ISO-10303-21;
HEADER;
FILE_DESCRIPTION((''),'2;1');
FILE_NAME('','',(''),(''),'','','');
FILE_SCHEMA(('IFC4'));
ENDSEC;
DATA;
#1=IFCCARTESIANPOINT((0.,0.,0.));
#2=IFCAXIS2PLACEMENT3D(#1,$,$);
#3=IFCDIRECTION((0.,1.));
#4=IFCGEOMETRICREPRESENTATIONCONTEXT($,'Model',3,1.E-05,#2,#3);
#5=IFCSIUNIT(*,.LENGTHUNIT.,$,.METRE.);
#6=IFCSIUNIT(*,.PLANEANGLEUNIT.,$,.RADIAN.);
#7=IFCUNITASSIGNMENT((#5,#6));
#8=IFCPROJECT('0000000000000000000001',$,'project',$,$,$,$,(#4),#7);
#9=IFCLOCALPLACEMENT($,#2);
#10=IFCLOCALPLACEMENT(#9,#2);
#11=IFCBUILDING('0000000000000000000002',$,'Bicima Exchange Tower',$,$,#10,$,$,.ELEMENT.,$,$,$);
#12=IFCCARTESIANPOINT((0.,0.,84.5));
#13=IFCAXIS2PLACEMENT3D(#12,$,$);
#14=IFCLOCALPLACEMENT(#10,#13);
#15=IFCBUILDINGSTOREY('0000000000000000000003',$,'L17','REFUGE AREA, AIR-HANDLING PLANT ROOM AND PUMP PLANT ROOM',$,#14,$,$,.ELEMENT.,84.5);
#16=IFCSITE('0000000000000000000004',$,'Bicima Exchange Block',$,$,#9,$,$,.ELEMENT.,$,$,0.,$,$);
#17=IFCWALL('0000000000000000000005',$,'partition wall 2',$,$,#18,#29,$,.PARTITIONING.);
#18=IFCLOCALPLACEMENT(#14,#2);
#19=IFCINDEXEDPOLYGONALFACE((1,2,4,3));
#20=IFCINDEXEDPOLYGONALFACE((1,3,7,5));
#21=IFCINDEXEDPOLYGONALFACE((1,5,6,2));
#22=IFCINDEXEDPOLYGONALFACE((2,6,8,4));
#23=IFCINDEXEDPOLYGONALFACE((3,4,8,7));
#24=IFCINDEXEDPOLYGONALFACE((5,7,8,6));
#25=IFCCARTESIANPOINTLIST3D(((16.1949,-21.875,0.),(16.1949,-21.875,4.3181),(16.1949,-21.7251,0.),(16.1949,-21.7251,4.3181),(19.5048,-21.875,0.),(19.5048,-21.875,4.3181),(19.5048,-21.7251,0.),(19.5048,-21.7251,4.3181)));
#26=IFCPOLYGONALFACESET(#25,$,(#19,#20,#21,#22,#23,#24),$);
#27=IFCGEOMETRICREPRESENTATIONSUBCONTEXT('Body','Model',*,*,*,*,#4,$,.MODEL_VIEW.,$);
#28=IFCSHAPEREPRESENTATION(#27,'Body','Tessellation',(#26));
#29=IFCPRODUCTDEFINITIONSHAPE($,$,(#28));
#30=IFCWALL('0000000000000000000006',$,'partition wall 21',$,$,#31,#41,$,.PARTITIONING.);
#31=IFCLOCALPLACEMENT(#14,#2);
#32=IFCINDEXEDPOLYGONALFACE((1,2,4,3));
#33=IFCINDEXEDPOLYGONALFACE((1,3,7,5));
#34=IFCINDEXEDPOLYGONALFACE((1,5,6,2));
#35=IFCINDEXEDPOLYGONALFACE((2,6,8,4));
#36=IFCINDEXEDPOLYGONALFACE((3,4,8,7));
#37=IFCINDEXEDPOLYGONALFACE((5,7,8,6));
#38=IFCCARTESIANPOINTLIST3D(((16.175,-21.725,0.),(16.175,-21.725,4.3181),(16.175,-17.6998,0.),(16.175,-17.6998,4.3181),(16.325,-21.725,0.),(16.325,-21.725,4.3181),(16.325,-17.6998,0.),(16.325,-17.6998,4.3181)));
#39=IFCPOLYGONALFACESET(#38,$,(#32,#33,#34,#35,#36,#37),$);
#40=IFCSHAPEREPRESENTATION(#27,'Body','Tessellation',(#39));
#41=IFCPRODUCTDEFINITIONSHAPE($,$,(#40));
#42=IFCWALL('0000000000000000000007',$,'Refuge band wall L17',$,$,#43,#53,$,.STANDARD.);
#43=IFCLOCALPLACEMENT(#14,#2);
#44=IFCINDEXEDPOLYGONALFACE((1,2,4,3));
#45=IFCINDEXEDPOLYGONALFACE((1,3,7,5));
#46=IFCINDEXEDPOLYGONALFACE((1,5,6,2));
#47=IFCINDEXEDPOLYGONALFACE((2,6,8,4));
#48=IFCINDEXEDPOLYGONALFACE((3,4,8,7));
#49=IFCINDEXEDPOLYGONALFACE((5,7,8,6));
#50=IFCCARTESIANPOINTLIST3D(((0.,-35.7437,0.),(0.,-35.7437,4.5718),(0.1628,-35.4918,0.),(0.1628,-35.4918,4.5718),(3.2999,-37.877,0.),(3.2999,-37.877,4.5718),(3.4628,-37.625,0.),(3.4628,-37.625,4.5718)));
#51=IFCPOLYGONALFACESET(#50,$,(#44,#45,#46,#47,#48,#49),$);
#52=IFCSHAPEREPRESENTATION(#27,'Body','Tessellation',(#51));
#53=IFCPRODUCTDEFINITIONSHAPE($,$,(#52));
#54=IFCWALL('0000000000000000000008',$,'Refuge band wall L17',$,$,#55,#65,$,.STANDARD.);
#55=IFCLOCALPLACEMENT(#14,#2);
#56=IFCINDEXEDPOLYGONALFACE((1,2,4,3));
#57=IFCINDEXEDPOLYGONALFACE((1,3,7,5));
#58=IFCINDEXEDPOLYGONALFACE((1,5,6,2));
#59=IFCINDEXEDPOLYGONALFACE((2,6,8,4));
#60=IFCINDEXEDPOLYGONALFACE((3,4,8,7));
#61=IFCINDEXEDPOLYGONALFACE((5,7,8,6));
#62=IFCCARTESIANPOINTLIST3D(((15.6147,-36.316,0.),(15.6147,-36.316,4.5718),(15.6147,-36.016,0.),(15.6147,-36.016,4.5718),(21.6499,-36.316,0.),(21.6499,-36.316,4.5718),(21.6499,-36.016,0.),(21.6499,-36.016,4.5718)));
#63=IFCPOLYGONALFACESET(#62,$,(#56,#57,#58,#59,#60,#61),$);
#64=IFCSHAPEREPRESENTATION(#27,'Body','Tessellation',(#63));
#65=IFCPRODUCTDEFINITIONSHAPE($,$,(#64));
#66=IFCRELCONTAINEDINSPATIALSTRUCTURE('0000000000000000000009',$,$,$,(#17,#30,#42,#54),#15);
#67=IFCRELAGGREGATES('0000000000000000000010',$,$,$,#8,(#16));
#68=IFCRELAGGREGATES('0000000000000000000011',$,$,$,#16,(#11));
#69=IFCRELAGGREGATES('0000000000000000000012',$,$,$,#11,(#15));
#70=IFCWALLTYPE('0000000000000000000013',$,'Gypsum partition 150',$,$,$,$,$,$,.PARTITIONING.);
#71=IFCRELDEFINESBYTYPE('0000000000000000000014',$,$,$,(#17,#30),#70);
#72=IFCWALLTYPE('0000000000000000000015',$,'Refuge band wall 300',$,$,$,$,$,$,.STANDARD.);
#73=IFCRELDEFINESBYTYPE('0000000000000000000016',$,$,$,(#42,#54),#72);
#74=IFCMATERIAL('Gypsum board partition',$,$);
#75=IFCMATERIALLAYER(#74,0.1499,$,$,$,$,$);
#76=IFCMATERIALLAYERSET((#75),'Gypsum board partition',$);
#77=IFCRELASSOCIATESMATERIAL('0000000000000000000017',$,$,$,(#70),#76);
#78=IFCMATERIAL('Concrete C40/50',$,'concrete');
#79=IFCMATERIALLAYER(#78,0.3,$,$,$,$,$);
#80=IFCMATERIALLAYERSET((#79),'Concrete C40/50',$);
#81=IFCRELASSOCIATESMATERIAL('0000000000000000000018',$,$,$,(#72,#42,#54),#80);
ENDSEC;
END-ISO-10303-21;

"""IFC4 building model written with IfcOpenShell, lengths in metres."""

from ifc_helpers import new_model, si_unit, direction, frame, frame_2d, origin, place, context, subcontext, project, spatial, rectangle, extrude, material, layer, layer_set, layer_usage, type_object, element, save


model = new_model("IFC4")

# Units and contexts
model_context = context("Model", 3, precision=1e-05, world=origin(), true_north=direction((0.0, 1.0)))
body_context = subcontext(model_context, "Body", "Model", "MODEL_VIEW")
ifc_project = project(units=[si_unit("LENGTHUNIT", "METRE"), si_unit("PLANEANGLEUNIT", "RADIAN")], contexts=[model_context])

# Site, building, storey
site_placement = place(None, origin())
site = spatial("IfcSite", under=ifc_project, at=site_placement, Name="Bicima Exchange Block", CompositionType="ELEMENT", RefElevation=0.0)
building_placement = place(site_placement, origin())
building = spatial("IfcBuilding", under=site, at=building_placement, Name="Bicima Exchange Tower", CompositionType="ELEMENT")
storey_placement = place(building_placement, frame((0.0, 0.0, 84.5)))
storey = spatial("IfcBuildingStorey", under=building, at=storey_placement, Name="L17", Description="REFUGE AREA, AIR-HANDLING PLANT ROOM AND PUMP PLANT ROOM", CompositionType="ELEMENT", Elevation=84.5)

# Shared definitions
ifc_material_1 = material(Name="Gypsum board partition")

# Walls
ifc_layer_1 = layer(ifc_material_1, 0.1499)
ifc_layer_set_1 = layer_set([ifc_layer_1], Name="Gypsum board partition")
wall_type_1 = type_object("IfcWallType", Name="Gypsum partition 150", PredefinedType="PARTITIONING", material=ifc_layer_set_1)
wall_1_placement = place(storey_placement, frame((16.1951, -21.8, 0.0), z_axis=(0.0, 0.0, 1.0), x_axis=(1.0, 0.0, 0.0)))
element("IfcWall", 1, at=wall_1_placement, inside=storey, type_object=wall_type_1, Name="partition wall 2", PredefinedType="PARTITIONING", context=body_context, shape_type="SweptSolid", body=[
    extrude(rectangle(XDim=3.3098, YDim=0.1499, at=frame_2d((1.6548, 0.0))), origin(), (0.0, 0.0, 1.0), 4.3181),
])
wall_2_placement = place(storey_placement, frame((16.25, -21.7251, 0.0), z_axis=(0.0, 0.0, 1.0), x_axis=(0.0, 1.0, 0.0)))
element("IfcWall", 2, at=wall_2_placement, inside=storey, type_object=wall_type_1, Name="partition wall 21", PredefinedType="PARTITIONING", context=body_context, shape_type="SweptSolid", body=[
    extrude(rectangle(XDim=4.0251, YDim=0.1499, at=frame_2d((2.0127, 0.0))), origin(), (0.0, 0.0, 1.0), 4.3181),
])
ifc_material_2 = material(Name="Concrete C40/50", Category="concrete")
ifc_layer_2 = layer(ifc_material_2, 0.3)
ifc_layer_set_2 = layer_set([ifc_layer_2], Name="Concrete C40/50")
ifc_layer_usage = layer_usage(ifc_layer_set_2, "AXIS2", "POSITIVE", -0.15)
wall_type_2 = type_object("IfcWallType", Name="Refuge band wall 300", PredefinedType="STANDARD", material=ifc_layer_set_2)
wall_3_placement = place(storey_placement, frame((0.0813, -35.6177, 0.0), z_axis=(0.0, 0.0, 1.0), x_axis=(0.839805, -0.542888, 0.0)))
element("IfcWall", 3, at=wall_3_placement, inside=storey, type_object=wall_type_2, material=ifc_layer_usage, Name="Refuge band wall L17", PredefinedType="STANDARD", context=body_context, shape_type="SweptSolid", body=[
    extrude(rectangle(XDim=3.9294, YDim=0.3, at=frame_2d((1.9648, 0.0))), origin(), (0.0, 0.0, 1.0), 4.5718),
])
wall_4_placement = place(storey_placement, frame((15.6147, -36.166, 0.0), z_axis=(0.0, 0.0, 1.0), x_axis=(1.0, 0.0, 0.0)))
element("IfcWall", 4, at=wall_4_placement, inside=storey, type_object=wall_type_2, material=ifc_layer_usage, Name="Refuge band wall L17", PredefinedType="STANDARD", context=body_context, shape_type="SweptSolid", body=[
    extrude(rectangle(XDim=6.0352, YDim=0.3, at=frame_2d((3.0176, 0.0))), origin(), (0.0, 0.0, 1.0), 4.5718),
])

save(model, "model.ifc")
